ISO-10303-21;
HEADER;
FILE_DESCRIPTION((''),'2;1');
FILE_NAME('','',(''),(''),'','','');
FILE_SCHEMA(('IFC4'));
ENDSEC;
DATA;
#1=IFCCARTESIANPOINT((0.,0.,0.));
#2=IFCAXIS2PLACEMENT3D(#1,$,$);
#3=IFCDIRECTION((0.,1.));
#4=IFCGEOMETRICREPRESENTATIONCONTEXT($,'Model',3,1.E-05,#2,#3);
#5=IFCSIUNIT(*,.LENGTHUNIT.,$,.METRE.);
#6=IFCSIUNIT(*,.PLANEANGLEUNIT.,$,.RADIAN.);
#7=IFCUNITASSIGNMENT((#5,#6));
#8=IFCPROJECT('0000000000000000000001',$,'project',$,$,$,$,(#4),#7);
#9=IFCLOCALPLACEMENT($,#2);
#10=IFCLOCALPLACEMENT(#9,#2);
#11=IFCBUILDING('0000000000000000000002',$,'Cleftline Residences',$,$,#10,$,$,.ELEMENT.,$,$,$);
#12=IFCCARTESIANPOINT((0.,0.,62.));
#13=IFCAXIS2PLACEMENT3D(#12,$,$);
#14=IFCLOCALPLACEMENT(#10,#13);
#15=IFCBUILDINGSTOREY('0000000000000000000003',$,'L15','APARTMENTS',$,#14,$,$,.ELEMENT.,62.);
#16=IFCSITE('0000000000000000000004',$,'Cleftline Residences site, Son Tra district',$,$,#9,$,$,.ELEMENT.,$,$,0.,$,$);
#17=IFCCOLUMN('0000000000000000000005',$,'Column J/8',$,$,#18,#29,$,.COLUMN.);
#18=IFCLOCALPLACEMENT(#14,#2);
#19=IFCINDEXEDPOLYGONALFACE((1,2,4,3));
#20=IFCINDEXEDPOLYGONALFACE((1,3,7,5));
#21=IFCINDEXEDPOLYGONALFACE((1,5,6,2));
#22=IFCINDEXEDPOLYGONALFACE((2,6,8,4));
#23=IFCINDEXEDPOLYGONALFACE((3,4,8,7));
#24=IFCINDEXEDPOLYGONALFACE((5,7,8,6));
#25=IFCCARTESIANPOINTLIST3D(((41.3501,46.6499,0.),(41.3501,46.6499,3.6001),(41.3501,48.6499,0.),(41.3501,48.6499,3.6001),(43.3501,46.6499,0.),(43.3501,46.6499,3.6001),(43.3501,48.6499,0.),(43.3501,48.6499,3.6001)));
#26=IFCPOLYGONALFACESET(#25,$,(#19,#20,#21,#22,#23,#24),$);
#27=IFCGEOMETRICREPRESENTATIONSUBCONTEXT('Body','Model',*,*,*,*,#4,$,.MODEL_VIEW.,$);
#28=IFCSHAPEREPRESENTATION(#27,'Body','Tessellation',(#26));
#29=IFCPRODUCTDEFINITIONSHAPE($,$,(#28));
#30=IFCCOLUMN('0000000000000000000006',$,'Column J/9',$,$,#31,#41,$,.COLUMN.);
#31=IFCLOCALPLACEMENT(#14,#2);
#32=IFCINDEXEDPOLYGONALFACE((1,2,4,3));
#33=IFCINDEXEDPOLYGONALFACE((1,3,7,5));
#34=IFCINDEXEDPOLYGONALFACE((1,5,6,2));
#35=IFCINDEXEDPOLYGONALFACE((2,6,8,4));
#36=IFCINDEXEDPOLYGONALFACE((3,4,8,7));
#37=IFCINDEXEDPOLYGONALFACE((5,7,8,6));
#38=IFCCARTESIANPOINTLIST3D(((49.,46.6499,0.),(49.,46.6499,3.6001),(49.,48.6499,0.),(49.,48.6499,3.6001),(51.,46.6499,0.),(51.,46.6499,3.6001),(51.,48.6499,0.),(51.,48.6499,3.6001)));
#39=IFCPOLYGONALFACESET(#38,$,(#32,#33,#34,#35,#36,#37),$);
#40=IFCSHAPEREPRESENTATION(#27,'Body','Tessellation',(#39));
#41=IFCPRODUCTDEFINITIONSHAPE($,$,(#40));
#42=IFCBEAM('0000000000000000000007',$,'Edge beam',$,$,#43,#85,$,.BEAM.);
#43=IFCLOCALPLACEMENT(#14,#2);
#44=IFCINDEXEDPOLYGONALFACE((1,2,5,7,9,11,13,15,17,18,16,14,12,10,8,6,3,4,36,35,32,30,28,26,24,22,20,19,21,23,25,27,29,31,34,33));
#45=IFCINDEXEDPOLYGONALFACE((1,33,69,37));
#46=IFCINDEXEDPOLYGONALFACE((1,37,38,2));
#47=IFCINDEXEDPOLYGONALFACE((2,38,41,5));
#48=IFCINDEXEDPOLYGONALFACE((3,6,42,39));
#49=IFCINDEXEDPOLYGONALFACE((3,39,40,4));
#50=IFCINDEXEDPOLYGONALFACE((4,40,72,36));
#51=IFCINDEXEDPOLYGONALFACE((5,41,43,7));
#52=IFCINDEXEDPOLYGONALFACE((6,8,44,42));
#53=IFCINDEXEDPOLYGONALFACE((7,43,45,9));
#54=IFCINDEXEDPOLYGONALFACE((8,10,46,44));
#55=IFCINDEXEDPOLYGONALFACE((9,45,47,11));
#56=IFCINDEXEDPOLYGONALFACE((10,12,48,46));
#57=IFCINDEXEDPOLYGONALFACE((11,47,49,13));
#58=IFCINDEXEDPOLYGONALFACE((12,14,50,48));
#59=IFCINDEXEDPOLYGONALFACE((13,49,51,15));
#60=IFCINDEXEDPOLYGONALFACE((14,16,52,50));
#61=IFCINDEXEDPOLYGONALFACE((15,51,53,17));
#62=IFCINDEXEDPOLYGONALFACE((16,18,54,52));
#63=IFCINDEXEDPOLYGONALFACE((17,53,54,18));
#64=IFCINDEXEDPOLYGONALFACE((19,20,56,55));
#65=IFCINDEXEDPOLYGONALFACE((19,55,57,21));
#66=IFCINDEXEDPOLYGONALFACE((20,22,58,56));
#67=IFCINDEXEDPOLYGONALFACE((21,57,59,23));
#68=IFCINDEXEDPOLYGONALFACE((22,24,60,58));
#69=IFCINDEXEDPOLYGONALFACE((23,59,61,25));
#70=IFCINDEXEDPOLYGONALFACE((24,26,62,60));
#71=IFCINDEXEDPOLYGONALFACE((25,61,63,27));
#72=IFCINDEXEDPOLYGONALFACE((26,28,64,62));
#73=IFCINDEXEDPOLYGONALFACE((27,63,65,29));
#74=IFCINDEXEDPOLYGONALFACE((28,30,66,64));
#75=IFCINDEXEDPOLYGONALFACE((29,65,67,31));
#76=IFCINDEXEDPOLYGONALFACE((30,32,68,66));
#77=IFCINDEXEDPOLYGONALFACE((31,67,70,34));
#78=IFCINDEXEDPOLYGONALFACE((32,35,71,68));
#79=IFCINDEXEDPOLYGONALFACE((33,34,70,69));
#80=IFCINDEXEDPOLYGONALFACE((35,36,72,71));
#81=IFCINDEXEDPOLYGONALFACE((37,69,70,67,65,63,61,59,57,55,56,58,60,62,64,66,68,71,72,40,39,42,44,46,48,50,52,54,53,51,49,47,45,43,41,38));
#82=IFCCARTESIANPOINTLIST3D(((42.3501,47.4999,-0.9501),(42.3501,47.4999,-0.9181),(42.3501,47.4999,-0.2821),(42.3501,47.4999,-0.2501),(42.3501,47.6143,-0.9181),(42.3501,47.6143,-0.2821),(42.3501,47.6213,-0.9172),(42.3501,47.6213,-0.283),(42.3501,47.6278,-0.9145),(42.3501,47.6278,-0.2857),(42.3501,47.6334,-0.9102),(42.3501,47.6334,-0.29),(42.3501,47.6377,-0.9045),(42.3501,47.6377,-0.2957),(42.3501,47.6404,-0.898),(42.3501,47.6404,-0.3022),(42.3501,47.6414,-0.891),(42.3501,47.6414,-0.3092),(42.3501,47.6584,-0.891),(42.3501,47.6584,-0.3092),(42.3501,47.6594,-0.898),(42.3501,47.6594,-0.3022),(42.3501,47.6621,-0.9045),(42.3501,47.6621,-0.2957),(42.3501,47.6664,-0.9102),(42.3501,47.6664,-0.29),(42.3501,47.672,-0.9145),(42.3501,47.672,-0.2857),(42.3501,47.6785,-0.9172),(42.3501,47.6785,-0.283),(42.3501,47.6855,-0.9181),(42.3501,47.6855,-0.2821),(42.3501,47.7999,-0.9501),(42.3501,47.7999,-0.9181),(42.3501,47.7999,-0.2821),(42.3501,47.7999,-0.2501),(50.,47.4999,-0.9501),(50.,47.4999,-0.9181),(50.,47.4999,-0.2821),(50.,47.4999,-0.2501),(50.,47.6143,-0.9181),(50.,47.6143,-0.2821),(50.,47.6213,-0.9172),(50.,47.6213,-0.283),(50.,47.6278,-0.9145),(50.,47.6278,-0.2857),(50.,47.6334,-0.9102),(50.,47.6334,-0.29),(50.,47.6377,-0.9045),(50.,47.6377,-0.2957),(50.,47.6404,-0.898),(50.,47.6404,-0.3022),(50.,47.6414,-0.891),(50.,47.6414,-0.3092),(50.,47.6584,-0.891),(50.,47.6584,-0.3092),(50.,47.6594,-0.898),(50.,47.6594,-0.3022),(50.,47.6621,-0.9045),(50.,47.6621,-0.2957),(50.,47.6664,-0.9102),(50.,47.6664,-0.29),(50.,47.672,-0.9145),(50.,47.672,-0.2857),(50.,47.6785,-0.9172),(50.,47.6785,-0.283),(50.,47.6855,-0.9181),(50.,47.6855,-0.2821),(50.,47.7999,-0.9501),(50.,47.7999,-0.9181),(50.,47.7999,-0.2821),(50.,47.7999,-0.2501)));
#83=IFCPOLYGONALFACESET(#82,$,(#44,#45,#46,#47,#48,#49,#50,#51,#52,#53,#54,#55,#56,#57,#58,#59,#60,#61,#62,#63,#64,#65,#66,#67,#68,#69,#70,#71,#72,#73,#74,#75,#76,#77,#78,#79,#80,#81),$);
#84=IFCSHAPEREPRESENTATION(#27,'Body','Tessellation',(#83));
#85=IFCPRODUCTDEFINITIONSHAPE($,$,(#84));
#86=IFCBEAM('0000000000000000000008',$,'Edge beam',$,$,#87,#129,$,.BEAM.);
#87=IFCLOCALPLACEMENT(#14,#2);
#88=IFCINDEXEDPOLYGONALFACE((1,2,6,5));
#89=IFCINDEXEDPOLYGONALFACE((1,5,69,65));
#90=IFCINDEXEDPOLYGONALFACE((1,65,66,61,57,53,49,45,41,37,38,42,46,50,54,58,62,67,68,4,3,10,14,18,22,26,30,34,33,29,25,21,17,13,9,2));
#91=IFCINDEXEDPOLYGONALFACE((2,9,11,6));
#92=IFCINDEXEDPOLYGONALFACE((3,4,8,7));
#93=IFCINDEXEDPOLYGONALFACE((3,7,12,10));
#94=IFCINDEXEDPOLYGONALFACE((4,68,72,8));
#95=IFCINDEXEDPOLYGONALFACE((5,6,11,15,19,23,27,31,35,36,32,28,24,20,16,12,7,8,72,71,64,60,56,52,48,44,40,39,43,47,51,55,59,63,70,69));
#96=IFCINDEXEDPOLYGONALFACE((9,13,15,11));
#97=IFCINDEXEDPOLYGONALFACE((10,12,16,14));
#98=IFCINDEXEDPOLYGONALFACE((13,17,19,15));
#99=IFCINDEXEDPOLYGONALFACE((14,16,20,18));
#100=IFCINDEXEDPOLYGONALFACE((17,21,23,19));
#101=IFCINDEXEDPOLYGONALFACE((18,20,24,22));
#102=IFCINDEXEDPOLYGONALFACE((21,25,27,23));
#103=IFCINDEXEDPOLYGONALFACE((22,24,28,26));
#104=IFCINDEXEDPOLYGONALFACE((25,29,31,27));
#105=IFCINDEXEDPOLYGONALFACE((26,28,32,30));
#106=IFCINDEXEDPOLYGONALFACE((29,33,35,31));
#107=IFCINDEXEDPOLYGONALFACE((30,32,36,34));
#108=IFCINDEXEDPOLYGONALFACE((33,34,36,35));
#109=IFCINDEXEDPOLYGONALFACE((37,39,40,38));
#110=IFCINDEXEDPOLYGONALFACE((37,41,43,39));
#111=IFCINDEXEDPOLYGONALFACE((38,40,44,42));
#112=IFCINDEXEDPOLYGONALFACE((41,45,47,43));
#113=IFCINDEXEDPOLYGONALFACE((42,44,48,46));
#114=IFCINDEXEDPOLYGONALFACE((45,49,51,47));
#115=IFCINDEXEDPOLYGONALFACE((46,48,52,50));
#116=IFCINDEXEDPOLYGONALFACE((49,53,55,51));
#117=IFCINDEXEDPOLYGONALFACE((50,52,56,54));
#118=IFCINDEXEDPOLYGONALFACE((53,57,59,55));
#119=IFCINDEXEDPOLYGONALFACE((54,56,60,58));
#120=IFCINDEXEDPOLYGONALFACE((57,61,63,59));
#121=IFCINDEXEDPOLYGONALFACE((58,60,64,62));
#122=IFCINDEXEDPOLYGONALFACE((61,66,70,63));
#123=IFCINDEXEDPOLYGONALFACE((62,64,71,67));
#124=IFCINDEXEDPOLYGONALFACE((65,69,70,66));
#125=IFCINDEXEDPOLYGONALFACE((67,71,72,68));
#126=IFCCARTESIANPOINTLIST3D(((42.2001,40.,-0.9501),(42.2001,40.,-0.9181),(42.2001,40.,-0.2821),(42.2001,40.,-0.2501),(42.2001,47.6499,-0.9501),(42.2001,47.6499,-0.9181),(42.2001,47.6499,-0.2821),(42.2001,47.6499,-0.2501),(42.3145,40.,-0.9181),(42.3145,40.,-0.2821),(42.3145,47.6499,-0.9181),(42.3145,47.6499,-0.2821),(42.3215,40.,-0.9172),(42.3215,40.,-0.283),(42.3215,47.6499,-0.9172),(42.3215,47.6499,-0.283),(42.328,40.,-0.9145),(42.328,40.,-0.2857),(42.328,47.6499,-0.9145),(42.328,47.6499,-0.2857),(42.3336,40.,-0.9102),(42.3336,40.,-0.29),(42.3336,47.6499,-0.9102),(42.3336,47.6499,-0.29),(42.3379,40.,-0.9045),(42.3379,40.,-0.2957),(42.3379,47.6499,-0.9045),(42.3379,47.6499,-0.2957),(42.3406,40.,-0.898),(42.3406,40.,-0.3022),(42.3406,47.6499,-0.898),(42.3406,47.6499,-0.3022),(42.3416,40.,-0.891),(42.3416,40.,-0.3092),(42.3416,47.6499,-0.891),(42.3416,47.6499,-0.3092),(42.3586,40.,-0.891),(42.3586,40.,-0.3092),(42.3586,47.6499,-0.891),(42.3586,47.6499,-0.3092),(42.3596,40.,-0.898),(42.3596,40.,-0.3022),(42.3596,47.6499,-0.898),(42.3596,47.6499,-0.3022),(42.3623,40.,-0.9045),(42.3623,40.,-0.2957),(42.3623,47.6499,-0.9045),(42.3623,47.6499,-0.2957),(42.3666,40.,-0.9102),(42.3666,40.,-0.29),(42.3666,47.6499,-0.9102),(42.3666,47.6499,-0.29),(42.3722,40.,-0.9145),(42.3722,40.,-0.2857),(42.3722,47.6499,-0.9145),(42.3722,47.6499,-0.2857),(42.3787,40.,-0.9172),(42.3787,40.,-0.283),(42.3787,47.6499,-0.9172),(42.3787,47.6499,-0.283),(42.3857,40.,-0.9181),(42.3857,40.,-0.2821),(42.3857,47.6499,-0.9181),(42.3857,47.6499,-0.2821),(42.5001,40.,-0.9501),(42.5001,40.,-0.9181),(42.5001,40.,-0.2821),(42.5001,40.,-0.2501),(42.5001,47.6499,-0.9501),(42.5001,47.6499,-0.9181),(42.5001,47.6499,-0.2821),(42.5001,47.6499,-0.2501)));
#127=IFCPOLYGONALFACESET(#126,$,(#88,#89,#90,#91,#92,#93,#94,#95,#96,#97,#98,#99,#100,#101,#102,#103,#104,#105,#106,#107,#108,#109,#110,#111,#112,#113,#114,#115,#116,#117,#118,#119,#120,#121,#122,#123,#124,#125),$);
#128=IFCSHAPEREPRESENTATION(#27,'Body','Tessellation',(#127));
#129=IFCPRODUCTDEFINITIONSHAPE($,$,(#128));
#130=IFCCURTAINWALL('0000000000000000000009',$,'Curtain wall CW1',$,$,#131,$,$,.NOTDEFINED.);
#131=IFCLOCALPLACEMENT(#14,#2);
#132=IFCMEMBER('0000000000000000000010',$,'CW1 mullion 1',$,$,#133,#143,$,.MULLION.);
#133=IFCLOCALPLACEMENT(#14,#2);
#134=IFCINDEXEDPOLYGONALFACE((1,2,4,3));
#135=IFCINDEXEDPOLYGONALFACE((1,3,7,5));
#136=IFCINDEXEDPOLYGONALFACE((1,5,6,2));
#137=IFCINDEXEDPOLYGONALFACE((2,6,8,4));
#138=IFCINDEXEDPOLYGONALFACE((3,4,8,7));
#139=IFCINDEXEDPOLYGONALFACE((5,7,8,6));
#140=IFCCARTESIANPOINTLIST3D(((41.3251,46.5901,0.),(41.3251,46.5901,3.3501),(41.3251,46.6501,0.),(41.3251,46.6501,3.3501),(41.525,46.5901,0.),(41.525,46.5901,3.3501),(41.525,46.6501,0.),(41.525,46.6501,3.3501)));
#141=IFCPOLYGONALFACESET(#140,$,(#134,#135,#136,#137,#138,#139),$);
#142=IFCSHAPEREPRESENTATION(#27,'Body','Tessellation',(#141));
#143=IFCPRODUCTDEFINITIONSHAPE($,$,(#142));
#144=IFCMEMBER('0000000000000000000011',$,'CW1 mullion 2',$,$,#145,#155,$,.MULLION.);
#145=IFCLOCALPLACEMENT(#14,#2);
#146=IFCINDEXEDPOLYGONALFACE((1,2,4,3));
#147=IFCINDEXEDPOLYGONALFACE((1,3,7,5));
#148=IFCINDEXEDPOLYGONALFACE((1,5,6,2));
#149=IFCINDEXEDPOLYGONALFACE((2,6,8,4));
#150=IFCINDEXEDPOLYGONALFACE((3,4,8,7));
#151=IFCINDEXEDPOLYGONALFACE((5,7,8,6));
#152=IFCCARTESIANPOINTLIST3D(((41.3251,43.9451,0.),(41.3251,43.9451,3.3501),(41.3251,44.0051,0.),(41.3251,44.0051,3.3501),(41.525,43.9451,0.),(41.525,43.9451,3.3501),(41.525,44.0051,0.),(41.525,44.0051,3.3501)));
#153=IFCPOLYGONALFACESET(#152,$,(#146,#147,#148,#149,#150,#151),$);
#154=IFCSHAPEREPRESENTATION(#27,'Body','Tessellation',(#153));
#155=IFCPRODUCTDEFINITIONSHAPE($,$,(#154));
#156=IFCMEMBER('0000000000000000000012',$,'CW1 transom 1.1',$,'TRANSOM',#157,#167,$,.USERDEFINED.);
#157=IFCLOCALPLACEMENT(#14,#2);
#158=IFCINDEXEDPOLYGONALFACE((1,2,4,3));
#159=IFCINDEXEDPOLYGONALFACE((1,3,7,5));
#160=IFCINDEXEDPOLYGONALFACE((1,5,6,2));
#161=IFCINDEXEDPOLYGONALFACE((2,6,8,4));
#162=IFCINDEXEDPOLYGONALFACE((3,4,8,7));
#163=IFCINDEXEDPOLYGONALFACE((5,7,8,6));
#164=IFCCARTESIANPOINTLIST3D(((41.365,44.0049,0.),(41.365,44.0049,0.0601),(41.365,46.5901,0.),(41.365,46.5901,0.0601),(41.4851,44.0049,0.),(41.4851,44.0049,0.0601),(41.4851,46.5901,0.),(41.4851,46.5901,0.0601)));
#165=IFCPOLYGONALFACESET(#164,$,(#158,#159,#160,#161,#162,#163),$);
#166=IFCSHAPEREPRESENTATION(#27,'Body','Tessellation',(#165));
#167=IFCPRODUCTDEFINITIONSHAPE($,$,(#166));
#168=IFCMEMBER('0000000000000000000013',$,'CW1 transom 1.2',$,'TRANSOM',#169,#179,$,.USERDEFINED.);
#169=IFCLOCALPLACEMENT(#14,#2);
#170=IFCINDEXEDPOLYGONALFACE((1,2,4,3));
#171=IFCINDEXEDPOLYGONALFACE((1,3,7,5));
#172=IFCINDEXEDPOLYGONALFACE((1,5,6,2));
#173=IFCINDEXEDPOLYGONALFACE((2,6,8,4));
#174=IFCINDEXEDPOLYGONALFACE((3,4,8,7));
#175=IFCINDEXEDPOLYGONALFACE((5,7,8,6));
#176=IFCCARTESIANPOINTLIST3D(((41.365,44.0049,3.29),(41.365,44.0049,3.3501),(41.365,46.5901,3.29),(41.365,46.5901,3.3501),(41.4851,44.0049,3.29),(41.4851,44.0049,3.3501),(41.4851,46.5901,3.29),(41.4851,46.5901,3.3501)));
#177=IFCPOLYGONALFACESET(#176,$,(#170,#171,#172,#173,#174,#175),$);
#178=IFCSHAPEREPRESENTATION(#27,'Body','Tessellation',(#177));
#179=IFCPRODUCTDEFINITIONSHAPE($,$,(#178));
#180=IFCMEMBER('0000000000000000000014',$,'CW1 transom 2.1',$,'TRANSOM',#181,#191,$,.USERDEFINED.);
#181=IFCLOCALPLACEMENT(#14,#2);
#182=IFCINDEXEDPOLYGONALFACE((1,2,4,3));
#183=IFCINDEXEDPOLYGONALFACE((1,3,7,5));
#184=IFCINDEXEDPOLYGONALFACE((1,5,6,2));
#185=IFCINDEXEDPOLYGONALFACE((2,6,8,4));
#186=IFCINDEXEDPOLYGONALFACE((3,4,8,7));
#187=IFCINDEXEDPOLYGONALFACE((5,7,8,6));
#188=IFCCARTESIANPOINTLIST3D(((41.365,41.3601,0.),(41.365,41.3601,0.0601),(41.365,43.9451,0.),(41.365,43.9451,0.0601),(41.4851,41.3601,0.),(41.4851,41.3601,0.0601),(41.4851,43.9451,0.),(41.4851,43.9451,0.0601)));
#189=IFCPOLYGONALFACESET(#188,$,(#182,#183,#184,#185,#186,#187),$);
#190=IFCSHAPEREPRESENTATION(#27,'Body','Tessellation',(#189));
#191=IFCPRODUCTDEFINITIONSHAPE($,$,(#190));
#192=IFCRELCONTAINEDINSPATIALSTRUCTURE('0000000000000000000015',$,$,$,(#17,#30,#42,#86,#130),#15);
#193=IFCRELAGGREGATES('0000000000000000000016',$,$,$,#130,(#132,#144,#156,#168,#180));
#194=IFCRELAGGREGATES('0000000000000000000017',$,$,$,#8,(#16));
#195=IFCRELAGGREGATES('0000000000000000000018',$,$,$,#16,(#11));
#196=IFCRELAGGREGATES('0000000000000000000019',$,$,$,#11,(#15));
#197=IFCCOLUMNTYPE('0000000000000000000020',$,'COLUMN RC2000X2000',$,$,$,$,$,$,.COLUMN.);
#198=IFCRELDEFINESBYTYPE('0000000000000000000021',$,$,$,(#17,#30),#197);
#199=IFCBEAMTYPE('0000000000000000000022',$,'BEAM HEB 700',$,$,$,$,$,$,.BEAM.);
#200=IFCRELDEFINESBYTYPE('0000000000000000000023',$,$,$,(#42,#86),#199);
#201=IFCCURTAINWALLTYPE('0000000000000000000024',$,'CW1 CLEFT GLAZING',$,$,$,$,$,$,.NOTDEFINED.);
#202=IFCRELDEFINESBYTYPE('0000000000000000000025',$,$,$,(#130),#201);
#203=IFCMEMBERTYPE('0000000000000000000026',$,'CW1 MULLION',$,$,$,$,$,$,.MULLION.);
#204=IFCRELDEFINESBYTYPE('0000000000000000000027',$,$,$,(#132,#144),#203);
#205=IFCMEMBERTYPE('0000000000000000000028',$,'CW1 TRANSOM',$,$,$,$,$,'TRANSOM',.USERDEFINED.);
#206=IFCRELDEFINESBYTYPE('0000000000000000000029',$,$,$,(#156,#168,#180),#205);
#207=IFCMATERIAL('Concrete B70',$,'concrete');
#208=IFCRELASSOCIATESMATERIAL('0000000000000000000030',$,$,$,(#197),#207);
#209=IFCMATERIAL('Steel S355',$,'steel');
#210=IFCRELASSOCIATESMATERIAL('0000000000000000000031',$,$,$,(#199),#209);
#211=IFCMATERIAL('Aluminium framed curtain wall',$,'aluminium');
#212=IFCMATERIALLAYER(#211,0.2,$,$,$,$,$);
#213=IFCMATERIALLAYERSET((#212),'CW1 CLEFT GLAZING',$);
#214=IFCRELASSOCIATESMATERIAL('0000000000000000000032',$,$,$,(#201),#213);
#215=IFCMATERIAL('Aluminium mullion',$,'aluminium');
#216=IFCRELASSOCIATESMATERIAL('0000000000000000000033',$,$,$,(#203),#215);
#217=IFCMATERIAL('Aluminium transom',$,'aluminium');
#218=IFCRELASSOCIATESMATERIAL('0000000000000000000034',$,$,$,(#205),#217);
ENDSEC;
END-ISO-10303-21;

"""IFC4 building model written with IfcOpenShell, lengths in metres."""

from ifc_helpers import new_model, si_unit, direction, frame, origin, origin_2d, place, context, subcontext, project, spatial, rectangle, i_section, extrude, material, layer, layer_set, material_profile, profile_set, type_object, element, aggregate, save


model = new_model("IFC4")

# Units and contexts
model_context = context("Model", 3, precision=1e-05, world=origin(), true_north=direction((0.0, 1.0)))
body_context = subcontext(model_context, "Body", "Model", "MODEL_VIEW")
ifc_project = project(units=[si_unit("LENGTHUNIT", "METRE"), si_unit("PLANEANGLEUNIT", "RADIAN")], contexts=[model_context])

# Site, building, storey
site_placement = place(None, origin())
site = spatial("IfcSite", under=ifc_project, at=site_placement, Name="Cleftline Residences site, Son Tra district", CompositionType="ELEMENT", RefElevation=0.0)
building_placement = place(site_placement, origin())
building = spatial("IfcBuilding", under=site, at=building_placement, Name="Cleftline Residences", CompositionType="ELEMENT")
storey_placement = place(building_placement, frame((0.0, 0.0, 62.0)))
storey = spatial("IfcBuildingStorey", under=building, at=storey_placement, Name="L15", Description="APARTMENTS", CompositionType="ELEMENT", Elevation=62.0)

# Columns
ifc_material_1 = material(Name="Concrete B70", Category="concrete")
ifc_material_profile_1 = material_profile(ifc_material_1, rectangle(XDim=2.0, YDim=2.0, at=origin_2d()))
ifc_profile_set_1 = profile_set([ifc_material_profile_1], Name="Concrete B70")
column_type = type_object("IfcColumnType", Name="COLUMN RC2000X2000", PredefinedType="COLUMN", material=ifc_profile_set_1)
for number, where, z_axis, x_axis, name in (
    (1, (42.3501, 47.6499, 0.0), (0.0, 0.0, 1.0), (1.0, 0.0, 0.0), "Column J/8"),
    (2, (50.0, 47.6499, 0.0), (0.0, 0.0, 1.0), (1.0, 0.0, 0.0), "Column J/9"),
):
    element("IfcColumn", number, at=place(storey_placement, frame(where, z_axis=z_axis, x_axis=x_axis)), inside=storey, type_object=column_type, Name=name, PredefinedType="COLUMN", context=body_context, shape_type="SweptSolid", body=[
        extrude(rectangle(XDim=2.0, YDim=2.0, at=origin_2d()), origin(), (0.0, 0.0, 1.0), 3.6001),
    ])

# Beams
ifc_material_2 = material(Name="Steel S355", Category="steel")
ifc_material_profile_2 = material_profile(ifc_material_2, i_section(OverallWidth=0.3, OverallDepth=0.7, WebThickness=0.0171, FlangeThickness=0.032, FilletRadius=0.0271, at=origin_2d()))
ifc_profile_set_2 = profile_set([ifc_material_profile_2], Name="Steel S355")
beam_type = type_object("IfcBeamType", Name="BEAM HEB 700", PredefinedType="BEAM", material=ifc_profile_set_2)
for number, where, z_axis, x_axis, name in (
    (3, (50.0, 47.6499, -0.6001), (-1.0, 0.0, 0.0), (0.0, -1.0, 0.0), "Edge beam"),
    (4, (42.3501, 47.6499, -0.6001), (0.0, -1.0, 0.0), (1.0, 0.0, 0.0), "Edge beam"),
):
    element("IfcBeam", number, at=place(storey_placement, frame(where, z_axis=z_axis, x_axis=x_axis)), inside=storey, type_object=beam_type, Name=name, PredefinedType="BEAM", context=body_context, shape_type="SweptSolid", body=[
        extrude(i_section(OverallWidth=0.3, OverallDepth=0.7, WebThickness=0.0171, FlangeThickness=0.032, FilletRadius=0.0271, at=origin_2d()), origin(), (0.0, 0.0, 1.0), 7.6499),
    ])

# Curtain wall, members
ifc_material_3 = material(Name="Aluminium framed curtain wall", Category="aluminium")
ifc_layer_1 = layer(ifc_material_3, 0.2)
ifc_layer_set_1 = layer_set([ifc_layer_1], Name="CW1 CLEFT GLAZING")
curtain_wall_type = type_object("IfcCurtainWallType", Name="CW1 CLEFT GLAZING", PredefinedType="NOTDEFINED", material=ifc_layer_set_1)
curtain_wall_placement = place(storey_placement, origin())
curtain_wall = element("IfcCurtainWall", 5, at=curtain_wall_placement, inside=storey, type_object=curtain_wall_type, Name="Curtain wall CW1", PredefinedType="NOTDEFINED")
ifc_material_4 = material(Name="Aluminium mullion", Category="aluminium")
ifc_material_profile_3 = material_profile(ifc_material_4, rectangle(XDim=0.2, YDim=0.0601, at=origin_2d()))
ifc_profile_set_3 = profile_set([ifc_material_profile_3], Name="Aluminium mullion")
member_type_1 = type_object("IfcMemberType", Name="CW1 MULLION", PredefinedType="MULLION", material=ifc_profile_set_3)
member_1_placement = place(storey_placement, frame((41.425, 46.6201, 0.0), z_axis=(0.0, 0.0, 1.0), x_axis=(1.0, 0.0, 0.0)))
member_1 = element("IfcMember", 6, at=member_1_placement, type_object=member_type_1, Name="CW1 mullion 1", PredefinedType="MULLION", context=body_context, shape_type="SweptSolid", body=[
    extrude(rectangle(XDim=0.2, YDim=0.0601, at=origin_2d()), origin(), (0.0, 0.0, 1.0), 3.3501),
])
member_2_placement = place(storey_placement, frame((41.425, 43.9751, 0.0), z_axis=(0.0, 0.0, 1.0), x_axis=(1.0, 0.0, 0.0)))
member_2 = element("IfcMember", 7, at=member_2_placement, type_object=member_type_1, Name="CW1 mullion 2", PredefinedType="MULLION", context=body_context, shape_type="SweptSolid", body=[
    extrude(rectangle(XDim=0.2, YDim=0.0601, at=origin_2d()), origin(), (0.0, 0.0, 1.0), 3.3501),
])
ifc_material_5 = material(Name="Aluminium transom", Category="aluminium")
ifc_material_profile_4 = material_profile(ifc_material_5, rectangle(XDim=0.1201, YDim=0.0601, at=origin_2d()))
ifc_profile_set_4 = profile_set([ifc_material_profile_4], Name="Aluminium transom")
member_type_2 = type_object("IfcMemberType", Name="CW1 TRANSOM", ElementType="TRANSOM", PredefinedType="USERDEFINED", material=ifc_profile_set_4)
member_3_placement = place(storey_placement, frame((41.425, 46.5901, 0.03), z_axis=(0.0, -1.0, 0.0), x_axis=(1.0, 0.0, 0.0)))
member_3 = element("IfcMember", 8, at=member_3_placement, type_object=member_type_2, Name="CW1 transom 1.1", ObjectType="TRANSOM", PredefinedType="USERDEFINED", context=body_context, shape_type="SweptSolid", body=[
    extrude(rectangle(XDim=0.1201, YDim=0.0601, at=origin_2d()), origin(), (0.0, 0.0, 1.0), 2.5852),
])
member_4_placement = place(storey_placement, frame((41.425, 46.5901, 3.3201), z_axis=(0.0, -1.0, 0.0), x_axis=(1.0, 0.0, 0.0)))
member_4 = element("IfcMember", 9, at=member_4_placement, type_object=member_type_2, Name="CW1 transom 1.2", ObjectType="TRANSOM", PredefinedType="USERDEFINED", context=body_context, shape_type="SweptSolid", body=[
    extrude(rectangle(XDim=0.1201, YDim=0.0601, at=origin_2d()), origin(), (0.0, 0.0, 1.0), 2.5852),
])
member_5_placement = place(storey_placement, frame((41.425, 43.9451, 0.03), z_axis=(0.0, -1.0, 0.0), x_axis=(1.0, 0.0, 0.0)))
member_5 = element("IfcMember", 10, at=member_5_placement, type_object=member_type_2, Name="CW1 transom 2.1", ObjectType="TRANSOM", PredefinedType="USERDEFINED", context=body_context, shape_type="SweptSolid", body=[
    extrude(rectangle(XDim=0.1201, YDim=0.0601, at=origin_2d()), origin(), (0.0, 0.0, 1.0), 2.585),
])
aggregate(curtain_wall, [member_1, member_2, member_3, member_4, member_5])

save(model, "model.ifc")
